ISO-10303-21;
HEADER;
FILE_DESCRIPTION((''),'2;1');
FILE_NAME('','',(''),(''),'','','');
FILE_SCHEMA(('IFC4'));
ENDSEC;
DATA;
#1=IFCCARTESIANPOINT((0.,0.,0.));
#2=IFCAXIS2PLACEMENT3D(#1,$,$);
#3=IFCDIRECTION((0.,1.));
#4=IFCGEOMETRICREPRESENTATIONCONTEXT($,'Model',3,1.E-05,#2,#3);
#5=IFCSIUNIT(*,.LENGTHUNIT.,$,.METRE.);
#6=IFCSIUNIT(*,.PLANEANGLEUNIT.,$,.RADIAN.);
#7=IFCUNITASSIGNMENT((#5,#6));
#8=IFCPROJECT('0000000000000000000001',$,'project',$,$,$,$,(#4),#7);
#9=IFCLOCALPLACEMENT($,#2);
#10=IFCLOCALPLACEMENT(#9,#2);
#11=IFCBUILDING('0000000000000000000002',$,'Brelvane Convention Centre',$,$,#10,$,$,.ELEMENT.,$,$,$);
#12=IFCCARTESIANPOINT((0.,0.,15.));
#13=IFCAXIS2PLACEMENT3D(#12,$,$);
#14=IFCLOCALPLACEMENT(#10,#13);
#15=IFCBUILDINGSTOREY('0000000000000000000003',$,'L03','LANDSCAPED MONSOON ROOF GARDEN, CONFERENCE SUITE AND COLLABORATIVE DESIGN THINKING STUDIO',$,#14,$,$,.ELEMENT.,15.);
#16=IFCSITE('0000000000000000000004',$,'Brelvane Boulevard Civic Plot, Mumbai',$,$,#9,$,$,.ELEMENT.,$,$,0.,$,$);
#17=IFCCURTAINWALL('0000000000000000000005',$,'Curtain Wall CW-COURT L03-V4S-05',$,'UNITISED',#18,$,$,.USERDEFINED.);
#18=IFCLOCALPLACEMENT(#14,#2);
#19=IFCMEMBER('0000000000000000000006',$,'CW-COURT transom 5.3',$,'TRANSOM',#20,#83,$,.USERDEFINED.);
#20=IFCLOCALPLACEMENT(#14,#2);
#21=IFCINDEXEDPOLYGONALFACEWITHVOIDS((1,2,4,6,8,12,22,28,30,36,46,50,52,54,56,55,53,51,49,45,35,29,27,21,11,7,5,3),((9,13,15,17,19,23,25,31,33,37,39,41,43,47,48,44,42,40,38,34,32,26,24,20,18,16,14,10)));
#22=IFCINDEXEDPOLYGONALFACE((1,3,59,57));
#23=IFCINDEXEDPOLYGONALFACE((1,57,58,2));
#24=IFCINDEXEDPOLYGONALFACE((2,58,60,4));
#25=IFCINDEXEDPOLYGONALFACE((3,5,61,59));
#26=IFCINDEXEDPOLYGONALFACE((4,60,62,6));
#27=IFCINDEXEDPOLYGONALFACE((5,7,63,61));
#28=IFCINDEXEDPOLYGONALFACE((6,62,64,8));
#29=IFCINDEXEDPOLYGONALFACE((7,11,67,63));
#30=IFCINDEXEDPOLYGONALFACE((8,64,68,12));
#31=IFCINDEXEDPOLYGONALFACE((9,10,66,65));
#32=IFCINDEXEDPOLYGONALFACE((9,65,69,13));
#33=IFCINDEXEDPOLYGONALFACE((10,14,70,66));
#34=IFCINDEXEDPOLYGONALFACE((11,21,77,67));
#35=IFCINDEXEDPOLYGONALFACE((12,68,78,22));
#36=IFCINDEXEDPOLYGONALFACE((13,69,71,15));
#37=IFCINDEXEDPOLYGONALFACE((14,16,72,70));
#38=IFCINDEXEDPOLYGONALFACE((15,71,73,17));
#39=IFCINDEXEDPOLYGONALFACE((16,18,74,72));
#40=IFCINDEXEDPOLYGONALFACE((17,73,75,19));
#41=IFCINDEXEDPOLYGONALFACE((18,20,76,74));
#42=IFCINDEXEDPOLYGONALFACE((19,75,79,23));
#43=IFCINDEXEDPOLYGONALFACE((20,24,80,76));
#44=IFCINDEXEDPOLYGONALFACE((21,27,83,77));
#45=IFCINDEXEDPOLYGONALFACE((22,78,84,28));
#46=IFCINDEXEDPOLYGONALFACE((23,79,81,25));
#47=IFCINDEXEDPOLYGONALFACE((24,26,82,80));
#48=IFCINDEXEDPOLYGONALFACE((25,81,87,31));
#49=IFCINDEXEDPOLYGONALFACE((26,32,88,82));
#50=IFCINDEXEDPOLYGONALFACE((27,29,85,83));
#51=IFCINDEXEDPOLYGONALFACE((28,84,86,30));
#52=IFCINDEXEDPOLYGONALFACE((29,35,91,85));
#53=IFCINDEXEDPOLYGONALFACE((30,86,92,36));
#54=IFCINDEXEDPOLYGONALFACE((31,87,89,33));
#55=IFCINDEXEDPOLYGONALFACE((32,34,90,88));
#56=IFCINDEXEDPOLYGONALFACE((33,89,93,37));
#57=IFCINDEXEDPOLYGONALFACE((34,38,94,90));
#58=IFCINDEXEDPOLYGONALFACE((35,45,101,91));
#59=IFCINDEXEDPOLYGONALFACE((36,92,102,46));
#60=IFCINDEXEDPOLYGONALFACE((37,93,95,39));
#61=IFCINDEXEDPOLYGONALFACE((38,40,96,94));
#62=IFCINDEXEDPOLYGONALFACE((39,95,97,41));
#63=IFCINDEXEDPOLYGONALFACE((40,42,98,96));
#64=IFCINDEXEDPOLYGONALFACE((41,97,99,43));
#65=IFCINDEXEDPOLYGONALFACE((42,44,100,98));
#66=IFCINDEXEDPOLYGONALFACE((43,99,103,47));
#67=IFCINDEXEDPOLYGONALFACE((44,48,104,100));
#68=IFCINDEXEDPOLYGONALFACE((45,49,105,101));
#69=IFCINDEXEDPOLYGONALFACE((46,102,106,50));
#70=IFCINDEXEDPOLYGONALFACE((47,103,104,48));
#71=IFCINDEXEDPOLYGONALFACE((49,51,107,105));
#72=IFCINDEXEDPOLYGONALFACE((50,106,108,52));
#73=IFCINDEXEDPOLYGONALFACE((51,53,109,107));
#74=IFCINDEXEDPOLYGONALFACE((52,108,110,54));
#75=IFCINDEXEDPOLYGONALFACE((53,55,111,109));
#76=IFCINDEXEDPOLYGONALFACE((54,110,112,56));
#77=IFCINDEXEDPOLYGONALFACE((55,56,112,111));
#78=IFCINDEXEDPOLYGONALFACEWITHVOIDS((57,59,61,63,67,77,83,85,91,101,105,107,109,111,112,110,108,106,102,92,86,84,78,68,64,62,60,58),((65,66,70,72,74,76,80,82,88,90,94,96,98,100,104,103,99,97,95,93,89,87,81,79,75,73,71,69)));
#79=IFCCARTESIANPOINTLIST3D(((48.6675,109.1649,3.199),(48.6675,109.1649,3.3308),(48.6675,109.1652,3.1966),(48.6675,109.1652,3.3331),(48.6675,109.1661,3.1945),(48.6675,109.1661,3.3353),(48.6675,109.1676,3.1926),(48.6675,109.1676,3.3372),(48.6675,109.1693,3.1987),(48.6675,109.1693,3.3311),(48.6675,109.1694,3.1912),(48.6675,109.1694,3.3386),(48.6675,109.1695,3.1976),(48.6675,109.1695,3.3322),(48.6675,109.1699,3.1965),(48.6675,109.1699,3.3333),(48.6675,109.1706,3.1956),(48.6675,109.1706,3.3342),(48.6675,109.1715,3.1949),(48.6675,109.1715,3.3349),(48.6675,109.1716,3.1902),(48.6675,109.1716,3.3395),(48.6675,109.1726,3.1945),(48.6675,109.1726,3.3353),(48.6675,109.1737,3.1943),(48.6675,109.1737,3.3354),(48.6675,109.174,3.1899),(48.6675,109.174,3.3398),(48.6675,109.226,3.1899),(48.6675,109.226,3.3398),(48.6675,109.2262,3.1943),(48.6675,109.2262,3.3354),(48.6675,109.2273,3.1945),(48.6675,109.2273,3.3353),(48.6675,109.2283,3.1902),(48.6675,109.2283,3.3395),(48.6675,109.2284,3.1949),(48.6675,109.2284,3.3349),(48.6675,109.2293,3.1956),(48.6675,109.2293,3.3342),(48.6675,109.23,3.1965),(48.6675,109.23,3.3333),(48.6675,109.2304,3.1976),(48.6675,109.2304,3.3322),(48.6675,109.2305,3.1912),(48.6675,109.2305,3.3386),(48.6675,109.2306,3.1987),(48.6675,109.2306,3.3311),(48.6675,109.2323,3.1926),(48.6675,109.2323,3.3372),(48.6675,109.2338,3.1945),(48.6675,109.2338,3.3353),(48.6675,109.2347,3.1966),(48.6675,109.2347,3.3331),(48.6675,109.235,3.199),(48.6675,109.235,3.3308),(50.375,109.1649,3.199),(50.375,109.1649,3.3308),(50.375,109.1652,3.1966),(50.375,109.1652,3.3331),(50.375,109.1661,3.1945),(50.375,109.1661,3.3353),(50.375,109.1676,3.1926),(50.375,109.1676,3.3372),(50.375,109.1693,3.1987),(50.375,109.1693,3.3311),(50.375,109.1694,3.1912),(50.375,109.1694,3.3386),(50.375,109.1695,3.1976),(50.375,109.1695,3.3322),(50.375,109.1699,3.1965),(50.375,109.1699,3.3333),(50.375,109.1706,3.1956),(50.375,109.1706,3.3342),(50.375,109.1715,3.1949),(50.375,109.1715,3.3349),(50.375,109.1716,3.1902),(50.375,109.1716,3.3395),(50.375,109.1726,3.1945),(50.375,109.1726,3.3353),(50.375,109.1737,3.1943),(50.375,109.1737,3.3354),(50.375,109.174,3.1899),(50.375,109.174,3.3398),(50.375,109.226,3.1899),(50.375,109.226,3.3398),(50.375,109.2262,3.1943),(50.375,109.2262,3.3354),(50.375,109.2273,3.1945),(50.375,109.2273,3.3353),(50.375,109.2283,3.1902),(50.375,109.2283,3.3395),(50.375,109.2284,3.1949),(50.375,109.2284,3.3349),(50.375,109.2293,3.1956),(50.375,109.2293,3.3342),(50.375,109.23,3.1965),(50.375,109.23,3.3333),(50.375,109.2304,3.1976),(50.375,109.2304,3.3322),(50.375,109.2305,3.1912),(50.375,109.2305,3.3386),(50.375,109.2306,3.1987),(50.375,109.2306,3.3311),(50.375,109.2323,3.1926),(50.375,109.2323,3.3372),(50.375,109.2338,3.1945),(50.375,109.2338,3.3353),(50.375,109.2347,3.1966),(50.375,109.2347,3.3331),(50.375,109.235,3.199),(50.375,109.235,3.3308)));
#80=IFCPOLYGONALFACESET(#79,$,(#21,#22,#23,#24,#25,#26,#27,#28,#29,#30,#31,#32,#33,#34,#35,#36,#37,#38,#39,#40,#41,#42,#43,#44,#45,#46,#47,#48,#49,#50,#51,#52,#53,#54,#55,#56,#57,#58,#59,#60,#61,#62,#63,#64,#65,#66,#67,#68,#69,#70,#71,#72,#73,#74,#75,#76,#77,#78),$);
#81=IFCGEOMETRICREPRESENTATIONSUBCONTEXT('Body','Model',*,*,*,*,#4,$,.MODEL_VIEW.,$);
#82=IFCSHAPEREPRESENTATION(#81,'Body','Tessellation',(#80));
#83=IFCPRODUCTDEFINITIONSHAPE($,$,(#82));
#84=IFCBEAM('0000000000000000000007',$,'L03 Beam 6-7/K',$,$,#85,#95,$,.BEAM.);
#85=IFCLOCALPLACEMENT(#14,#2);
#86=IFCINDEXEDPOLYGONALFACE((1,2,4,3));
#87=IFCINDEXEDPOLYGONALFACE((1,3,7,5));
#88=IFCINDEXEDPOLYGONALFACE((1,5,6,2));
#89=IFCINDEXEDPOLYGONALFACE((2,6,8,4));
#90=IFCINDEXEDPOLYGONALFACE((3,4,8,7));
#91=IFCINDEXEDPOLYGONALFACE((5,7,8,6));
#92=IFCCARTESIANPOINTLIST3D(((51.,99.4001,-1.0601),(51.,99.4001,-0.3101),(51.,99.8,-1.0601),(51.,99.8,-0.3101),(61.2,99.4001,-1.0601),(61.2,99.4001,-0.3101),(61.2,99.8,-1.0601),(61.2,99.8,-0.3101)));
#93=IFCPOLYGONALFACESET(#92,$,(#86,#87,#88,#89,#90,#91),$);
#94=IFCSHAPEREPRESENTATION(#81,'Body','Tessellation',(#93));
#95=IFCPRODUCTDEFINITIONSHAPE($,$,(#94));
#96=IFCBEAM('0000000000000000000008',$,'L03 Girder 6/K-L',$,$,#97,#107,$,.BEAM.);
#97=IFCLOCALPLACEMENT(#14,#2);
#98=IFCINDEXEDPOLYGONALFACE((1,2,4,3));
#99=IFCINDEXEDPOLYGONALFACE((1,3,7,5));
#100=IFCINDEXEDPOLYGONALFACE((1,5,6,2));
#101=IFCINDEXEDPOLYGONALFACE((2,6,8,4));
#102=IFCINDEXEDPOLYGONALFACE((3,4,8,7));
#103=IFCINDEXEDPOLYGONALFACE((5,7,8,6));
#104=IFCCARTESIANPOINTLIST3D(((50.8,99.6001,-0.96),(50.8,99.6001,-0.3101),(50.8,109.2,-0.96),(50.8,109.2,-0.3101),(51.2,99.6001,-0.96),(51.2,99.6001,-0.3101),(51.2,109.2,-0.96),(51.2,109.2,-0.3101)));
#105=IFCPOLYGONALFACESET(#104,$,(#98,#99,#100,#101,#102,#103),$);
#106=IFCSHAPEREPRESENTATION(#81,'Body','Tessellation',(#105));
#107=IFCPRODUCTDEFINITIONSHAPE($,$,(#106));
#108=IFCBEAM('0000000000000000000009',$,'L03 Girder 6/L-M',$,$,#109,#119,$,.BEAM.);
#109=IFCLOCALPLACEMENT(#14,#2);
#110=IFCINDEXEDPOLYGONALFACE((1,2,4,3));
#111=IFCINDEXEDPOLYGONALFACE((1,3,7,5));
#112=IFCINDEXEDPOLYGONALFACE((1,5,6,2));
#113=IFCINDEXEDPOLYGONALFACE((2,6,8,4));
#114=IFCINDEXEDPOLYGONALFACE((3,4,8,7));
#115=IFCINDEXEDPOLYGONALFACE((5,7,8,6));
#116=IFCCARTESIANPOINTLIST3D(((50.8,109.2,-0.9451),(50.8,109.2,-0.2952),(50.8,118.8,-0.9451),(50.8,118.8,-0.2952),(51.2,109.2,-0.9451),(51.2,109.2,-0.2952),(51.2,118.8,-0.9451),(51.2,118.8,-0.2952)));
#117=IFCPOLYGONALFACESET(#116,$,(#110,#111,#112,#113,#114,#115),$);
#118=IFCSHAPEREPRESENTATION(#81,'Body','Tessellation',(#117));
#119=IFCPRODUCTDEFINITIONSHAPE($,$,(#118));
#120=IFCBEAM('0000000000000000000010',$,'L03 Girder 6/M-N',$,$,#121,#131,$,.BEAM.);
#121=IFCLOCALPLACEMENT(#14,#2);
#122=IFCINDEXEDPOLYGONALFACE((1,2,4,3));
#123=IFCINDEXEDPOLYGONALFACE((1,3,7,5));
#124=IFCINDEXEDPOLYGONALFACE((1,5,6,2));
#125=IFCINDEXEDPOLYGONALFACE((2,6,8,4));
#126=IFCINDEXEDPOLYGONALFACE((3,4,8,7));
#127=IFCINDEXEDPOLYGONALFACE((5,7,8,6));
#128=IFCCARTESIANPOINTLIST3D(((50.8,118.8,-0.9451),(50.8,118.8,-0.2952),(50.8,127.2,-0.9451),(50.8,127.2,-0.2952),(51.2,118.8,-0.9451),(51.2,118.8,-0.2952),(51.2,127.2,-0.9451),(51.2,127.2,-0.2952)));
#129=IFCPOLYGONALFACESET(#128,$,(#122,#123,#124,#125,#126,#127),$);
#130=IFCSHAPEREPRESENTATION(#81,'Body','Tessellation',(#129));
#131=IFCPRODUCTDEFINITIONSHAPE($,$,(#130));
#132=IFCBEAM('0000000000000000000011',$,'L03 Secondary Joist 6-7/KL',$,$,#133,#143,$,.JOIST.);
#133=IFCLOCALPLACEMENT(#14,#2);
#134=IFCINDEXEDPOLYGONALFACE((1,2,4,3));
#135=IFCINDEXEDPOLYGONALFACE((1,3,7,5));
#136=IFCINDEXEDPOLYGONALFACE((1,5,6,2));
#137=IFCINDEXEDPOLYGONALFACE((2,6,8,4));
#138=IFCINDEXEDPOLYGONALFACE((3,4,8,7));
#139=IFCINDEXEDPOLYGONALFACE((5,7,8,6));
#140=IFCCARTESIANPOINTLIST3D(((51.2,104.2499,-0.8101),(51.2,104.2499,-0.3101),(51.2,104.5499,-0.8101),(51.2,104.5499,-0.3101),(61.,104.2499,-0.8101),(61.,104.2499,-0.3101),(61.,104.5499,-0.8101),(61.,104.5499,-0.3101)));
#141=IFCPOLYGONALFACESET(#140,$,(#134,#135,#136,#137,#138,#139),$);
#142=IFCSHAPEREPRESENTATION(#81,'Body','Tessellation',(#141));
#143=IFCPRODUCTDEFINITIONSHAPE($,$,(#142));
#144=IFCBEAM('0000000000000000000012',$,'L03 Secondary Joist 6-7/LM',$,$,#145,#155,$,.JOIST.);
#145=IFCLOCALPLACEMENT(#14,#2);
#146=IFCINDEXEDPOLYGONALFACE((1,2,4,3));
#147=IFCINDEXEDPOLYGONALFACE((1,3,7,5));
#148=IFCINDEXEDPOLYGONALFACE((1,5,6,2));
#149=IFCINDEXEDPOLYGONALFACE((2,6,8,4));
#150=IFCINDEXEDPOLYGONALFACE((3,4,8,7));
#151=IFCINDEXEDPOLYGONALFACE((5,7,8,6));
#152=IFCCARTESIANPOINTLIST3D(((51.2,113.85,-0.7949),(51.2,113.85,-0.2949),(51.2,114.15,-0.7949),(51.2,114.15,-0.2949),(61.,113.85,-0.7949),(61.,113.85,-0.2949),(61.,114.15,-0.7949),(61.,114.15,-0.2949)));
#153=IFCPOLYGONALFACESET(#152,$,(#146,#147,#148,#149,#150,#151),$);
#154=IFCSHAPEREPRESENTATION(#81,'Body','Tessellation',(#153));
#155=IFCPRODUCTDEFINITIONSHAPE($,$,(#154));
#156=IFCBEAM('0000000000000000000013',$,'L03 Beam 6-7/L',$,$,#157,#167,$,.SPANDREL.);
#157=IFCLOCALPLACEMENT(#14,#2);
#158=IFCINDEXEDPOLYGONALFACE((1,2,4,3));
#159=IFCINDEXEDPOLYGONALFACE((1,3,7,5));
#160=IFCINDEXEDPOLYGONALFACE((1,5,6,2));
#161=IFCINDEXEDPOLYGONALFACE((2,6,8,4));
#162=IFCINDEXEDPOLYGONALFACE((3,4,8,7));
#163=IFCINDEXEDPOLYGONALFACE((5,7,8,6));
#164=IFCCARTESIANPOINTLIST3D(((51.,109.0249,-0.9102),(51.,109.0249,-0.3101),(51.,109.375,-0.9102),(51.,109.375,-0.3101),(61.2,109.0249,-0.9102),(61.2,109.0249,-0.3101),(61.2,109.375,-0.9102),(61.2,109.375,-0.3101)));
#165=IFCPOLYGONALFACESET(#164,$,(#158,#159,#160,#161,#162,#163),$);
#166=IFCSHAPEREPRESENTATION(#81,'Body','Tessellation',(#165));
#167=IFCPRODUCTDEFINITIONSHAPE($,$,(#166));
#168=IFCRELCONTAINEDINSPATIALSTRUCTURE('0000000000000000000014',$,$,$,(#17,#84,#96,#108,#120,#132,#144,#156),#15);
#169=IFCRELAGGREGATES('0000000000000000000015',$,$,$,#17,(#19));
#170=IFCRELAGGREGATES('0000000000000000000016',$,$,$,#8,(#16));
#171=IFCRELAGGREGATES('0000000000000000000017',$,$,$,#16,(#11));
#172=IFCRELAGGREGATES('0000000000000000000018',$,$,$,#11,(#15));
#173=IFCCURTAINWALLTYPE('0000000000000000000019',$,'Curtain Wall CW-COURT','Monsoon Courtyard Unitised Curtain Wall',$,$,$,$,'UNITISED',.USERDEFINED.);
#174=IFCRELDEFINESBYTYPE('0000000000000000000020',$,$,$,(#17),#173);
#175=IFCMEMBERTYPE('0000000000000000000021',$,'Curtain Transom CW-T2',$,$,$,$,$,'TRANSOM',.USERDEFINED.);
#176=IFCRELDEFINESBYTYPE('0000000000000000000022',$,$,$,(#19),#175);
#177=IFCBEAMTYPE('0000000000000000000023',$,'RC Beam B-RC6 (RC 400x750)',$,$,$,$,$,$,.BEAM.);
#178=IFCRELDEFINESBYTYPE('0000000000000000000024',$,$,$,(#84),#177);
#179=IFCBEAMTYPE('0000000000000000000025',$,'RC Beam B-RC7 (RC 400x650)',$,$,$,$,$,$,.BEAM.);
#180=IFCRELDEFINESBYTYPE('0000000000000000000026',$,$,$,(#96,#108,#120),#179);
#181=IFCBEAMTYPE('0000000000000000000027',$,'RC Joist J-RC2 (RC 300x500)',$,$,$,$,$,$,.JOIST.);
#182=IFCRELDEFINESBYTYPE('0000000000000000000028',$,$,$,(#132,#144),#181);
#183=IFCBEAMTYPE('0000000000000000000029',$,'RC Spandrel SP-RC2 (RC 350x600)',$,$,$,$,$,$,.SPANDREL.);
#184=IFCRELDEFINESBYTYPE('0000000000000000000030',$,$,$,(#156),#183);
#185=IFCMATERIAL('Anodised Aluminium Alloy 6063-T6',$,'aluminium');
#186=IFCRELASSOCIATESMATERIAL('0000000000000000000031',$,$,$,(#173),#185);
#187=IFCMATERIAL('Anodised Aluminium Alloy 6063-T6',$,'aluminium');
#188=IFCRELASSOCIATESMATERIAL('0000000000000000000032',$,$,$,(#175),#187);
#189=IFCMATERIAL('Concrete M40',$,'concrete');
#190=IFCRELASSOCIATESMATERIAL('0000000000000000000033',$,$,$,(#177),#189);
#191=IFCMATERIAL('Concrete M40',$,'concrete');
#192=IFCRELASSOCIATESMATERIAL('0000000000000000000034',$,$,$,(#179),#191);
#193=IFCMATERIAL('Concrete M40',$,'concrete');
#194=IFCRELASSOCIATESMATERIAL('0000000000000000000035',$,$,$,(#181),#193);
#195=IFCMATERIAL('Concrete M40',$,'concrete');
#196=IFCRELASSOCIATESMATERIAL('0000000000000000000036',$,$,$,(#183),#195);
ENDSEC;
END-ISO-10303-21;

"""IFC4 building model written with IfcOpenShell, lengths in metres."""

from ifc_helpers import new_model, si_unit, direction, frame, origin, origin_2d, place, context, subcontext, project, spatial, rectangle, hollow_rectangle, extrude, material, material_profile, profile_set, type_object, element, aggregate, save


model = new_model("IFC4")

# Units and contexts
model_context = context("Model", 3, precision=1e-05, world=origin(), true_north=direction((0.0, 1.0)))
body_context = subcontext(model_context, "Body", "Model", "MODEL_VIEW")
ifc_project = project(units=[si_unit("LENGTHUNIT", "METRE"), si_unit("PLANEANGLEUNIT", "RADIAN")], contexts=[model_context])

# Site, building, storey
site_placement = place(None, origin())
site = spatial("IfcSite", under=ifc_project, at=site_placement, Name="Brelvane Boulevard Civic Plot, Mumbai", CompositionType="ELEMENT", RefElevation=0.0)
building_placement = place(site_placement, origin())
building = spatial("IfcBuilding", under=site, at=building_placement, Name="Brelvane Convention Centre", CompositionType="ELEMENT")
storey_placement = place(building_placement, frame((0.0, 0.0, 15.0)))
storey = spatial("IfcBuildingStorey", under=building, at=storey_placement, Name="L03", Description="LANDSCAPED MONSOON ROOF GARDEN, CONFERENCE SUITE AND COLLABORATIVE DESIGN THINKING STUDIO", CompositionType="ELEMENT", Elevation=15.0)

# Curtain wall, member
ifc_material_1 = material(Name="Anodised Aluminium Alloy 6063-T6", Category="aluminium")
curtain_wall_type = type_object("IfcCurtainWallType", Name="Curtain Wall CW-COURT", Description="Monsoon Courtyard Unitised Curtain Wall", ElementType="UNITISED", PredefinedType="USERDEFINED", material=ifc_material_1)
curtain_wall_placement = place(storey_placement, origin())
curtain_wall = element("IfcCurtainWall", 1, at=curtain_wall_placement, inside=storey, type_object=curtain_wall_type, Name="Curtain Wall CW-COURT L03-V4S-05", ObjectType="UNITISED", PredefinedType="USERDEFINED")
ifc_material_2 = material(Name="Anodised Aluminium Alloy 6063-T6", Category="aluminium")
ifc_material_profile_1 = material_profile(ifc_material_2, hollow_rectangle(XDim=0.0701, YDim=0.1499, WallThickness=0.0044, InnerFilletRadius=0.0044, OuterFilletRadius=0.009, at=origin_2d()), Name="ALU-T 150x70x4.5")
ifc_profile_set_1 = profile_set([ifc_material_profile_1], Name="Anodised Aluminium Alloy 6063-T6")
member_type_1 = type_object("IfcMemberType", Name="Curtain Transom CW-T2", ElementType="TRANSOM", PredefinedType="USERDEFINED", material=ifc_profile_set_1)
member_1_placement = place(storey_placement, frame((48.6675, 109.2, 3.2649), z_axis=(1.0, 0.0, 0.0), x_axis=(0.0, 1.0, 0.0)))
member_1 = element("IfcMember", 2, at=member_1_placement, type_object=member_type_1, Name="CW-COURT transom 5.3", ObjectType="TRANSOM", PredefinedType="USERDEFINED", context=body_context, shape_type="SweptSolid", body=[
    extrude(hollow_rectangle(XDim=0.0701, YDim=0.1499, WallThickness=0.0044, InnerFilletRadius=0.0044, OuterFilletRadius=0.009, at=origin_2d()), origin(), (0.0, 0.0, 1.0), 1.7075),
])

# Beams
ifc_material_3 = material(Name="Concrete M40", Category="concrete")
ifc_material_profile_2 = material_profile(ifc_material_3, rectangle(XDim=0.3999, YDim=0.75, at=origin_2d()), Name="RC 400x750")
ifc_profile_set_2 = profile_set([ifc_material_profile_2], Name="Concrete M40")
beam_type_1 = type_object("IfcBeamType", Name="RC Beam B-RC6 (RC 400x750)", PredefinedType="BEAM", material=ifc_profile_set_2)
beam_1_placement = place(storey_placement, frame((51.0, 99.6001, -0.6851), z_axis=(1.0, 0.0, 0.0), x_axis=(0.0, 1.0, 0.0)))
element("IfcBeam", 3, at=beam_1_placement, inside=storey, type_object=beam_type_1, Name="L03 Beam 6-7/K", PredefinedType="BEAM", context=body_context, shape_type="SweptSolid", body=[
    extrude(rectangle(XDim=0.3999, YDim=0.75, at=origin_2d()), origin(), (0.0, 0.0, 1.0), 10.2),
])
ifc_material_4 = material(Name="Concrete M40", Category="concrete")
ifc_material_profile_3 = material_profile(ifc_material_4, rectangle(XDim=0.3999, YDim=0.6499, at=origin_2d()), Name="RC 400x650")
ifc_profile_set_3 = profile_set([ifc_material_profile_3], Name="Concrete M40")
beam_type_2 = type_object("IfcBeamType", Name="RC Beam B-RC7 (RC 400x650)", PredefinedType="BEAM", material=ifc_profile_set_3)
beam_2_placement = place(storey_placement, frame((51.0, 99.6001, -0.635), z_axis=(0.0, 1.0, 0.0), x_axis=(-1.0, 0.0, 0.0)))
element("IfcBeam", 4, at=beam_2_placement, inside=storey, type_object=beam_type_2, Name="L03 Girder 6/K-L", PredefinedType="BEAM", context=body_context, shape_type="SweptSolid", body=[
    extrude(rectangle(XDim=0.3999, YDim=0.6499, at=origin_2d()), origin(), (0.0, 0.0, 1.0), 9.5999),
])
beam_3_placement = place(storey_placement, frame((51.0, 109.2, -0.6201), z_axis=(0.0, 1.0, 0.0), x_axis=(-1.0, 0.0, 0.0)))
element("IfcBeam", 5, at=beam_3_placement, inside=storey, type_object=beam_type_2, Name="L03 Girder 6/L-M", PredefinedType="BEAM", context=body_context, shape_type="SweptSolid", body=[
    extrude(rectangle(XDim=0.3999, YDim=0.6499, at=origin_2d()), origin(), (0.0, 0.0, 1.0), 9.6001),
])
beam_4_placement = place(storey_placement, frame((51.0, 118.8, -0.6201), z_axis=(0.0, 1.0, 0.0), x_axis=(-1.0, 0.0, 0.0)))
element("IfcBeam", 6, at=beam_4_placement, inside=storey, type_object=beam_type_2, Name="L03 Girder 6/M-N", PredefinedType="BEAM", context=body_context, shape_type="SweptSolid", body=[
    extrude(rectangle(XDim=0.3999, YDim=0.6499, at=origin_2d()), origin(), (0.0, 0.0, 1.0), 8.3999),
])
ifc_material_5 = material(Name="Concrete M40", Category="concrete")
ifc_material_profile_4 = material_profile(ifc_material_5, rectangle(XDim=0.3, YDim=0.5, at=origin_2d()), Name="RC 300x500")
ifc_profile_set_4 = profile_set([ifc_material_profile_4], Name="Concrete M40")
beam_type_3 = type_object("IfcBeamType", Name="RC Joist J-RC2 (RC 300x500)", PredefinedType="JOIST", material=ifc_profile_set_4)
for number, where, z_axis, x_axis, name in (
    (7, (51.2, 104.3999, -0.5601), (1.0, 0.0, 0.0), (0.0, 1.0, 0.0), "L03 Secondary Joist 6-7/KL"),
    (8, (51.2, 114.0, -0.5449), (1.0, 0.0, 0.0), (0.0, 1.0, 0.0), "L03 Secondary Joist 6-7/LM"),
):
    element("IfcBeam", number, at=place(storey_placement, frame(where, z_axis=z_axis, x_axis=x_axis)), inside=storey, type_object=beam_type_3, Name=name, PredefinedType="JOIST", context=body_context, shape_type="SweptSolid", body=[
        extrude(rectangle(XDim=0.3, YDim=0.5, at=origin_2d()), origin(), (0.0, 0.0, 1.0), 9.8),
    ])
ifc_material_6 = material(Name="Concrete M40", Category="concrete")
ifc_material_profile_5 = material_profile(ifc_material_6, rectangle(XDim=0.3501, YDim=0.6001, at=origin_2d()), Name="RC 350x600")
ifc_profile_set_5 = profile_set([ifc_material_profile_5], Name="Concrete M40")
beam_type_4 = type_object("IfcBeamType", Name="RC Spandrel SP-RC2 (RC 350x600)", PredefinedType="SPANDREL", material=ifc_profile_set_5)
beam_5_placement = place(storey_placement, frame((51.0, 109.2, -0.6101), z_axis=(1.0, 0.0, 0.0), x_axis=(0.0, 1.0, 0.0)))
element("IfcBeam", 9, at=beam_5_placement, inside=storey, type_object=beam_type_4, Name="L03 Beam 6-7/L", PredefinedType="SPANDREL", context=body_context, shape_type="SweptSolid", body=[
    extrude(rectangle(XDim=0.3501, YDim=0.6001, at=origin_2d()), origin(), (0.0, 0.0, 1.0), 10.2),
])

aggregate(curtain_wall, [member_1])

save(model, "model.ifc")
